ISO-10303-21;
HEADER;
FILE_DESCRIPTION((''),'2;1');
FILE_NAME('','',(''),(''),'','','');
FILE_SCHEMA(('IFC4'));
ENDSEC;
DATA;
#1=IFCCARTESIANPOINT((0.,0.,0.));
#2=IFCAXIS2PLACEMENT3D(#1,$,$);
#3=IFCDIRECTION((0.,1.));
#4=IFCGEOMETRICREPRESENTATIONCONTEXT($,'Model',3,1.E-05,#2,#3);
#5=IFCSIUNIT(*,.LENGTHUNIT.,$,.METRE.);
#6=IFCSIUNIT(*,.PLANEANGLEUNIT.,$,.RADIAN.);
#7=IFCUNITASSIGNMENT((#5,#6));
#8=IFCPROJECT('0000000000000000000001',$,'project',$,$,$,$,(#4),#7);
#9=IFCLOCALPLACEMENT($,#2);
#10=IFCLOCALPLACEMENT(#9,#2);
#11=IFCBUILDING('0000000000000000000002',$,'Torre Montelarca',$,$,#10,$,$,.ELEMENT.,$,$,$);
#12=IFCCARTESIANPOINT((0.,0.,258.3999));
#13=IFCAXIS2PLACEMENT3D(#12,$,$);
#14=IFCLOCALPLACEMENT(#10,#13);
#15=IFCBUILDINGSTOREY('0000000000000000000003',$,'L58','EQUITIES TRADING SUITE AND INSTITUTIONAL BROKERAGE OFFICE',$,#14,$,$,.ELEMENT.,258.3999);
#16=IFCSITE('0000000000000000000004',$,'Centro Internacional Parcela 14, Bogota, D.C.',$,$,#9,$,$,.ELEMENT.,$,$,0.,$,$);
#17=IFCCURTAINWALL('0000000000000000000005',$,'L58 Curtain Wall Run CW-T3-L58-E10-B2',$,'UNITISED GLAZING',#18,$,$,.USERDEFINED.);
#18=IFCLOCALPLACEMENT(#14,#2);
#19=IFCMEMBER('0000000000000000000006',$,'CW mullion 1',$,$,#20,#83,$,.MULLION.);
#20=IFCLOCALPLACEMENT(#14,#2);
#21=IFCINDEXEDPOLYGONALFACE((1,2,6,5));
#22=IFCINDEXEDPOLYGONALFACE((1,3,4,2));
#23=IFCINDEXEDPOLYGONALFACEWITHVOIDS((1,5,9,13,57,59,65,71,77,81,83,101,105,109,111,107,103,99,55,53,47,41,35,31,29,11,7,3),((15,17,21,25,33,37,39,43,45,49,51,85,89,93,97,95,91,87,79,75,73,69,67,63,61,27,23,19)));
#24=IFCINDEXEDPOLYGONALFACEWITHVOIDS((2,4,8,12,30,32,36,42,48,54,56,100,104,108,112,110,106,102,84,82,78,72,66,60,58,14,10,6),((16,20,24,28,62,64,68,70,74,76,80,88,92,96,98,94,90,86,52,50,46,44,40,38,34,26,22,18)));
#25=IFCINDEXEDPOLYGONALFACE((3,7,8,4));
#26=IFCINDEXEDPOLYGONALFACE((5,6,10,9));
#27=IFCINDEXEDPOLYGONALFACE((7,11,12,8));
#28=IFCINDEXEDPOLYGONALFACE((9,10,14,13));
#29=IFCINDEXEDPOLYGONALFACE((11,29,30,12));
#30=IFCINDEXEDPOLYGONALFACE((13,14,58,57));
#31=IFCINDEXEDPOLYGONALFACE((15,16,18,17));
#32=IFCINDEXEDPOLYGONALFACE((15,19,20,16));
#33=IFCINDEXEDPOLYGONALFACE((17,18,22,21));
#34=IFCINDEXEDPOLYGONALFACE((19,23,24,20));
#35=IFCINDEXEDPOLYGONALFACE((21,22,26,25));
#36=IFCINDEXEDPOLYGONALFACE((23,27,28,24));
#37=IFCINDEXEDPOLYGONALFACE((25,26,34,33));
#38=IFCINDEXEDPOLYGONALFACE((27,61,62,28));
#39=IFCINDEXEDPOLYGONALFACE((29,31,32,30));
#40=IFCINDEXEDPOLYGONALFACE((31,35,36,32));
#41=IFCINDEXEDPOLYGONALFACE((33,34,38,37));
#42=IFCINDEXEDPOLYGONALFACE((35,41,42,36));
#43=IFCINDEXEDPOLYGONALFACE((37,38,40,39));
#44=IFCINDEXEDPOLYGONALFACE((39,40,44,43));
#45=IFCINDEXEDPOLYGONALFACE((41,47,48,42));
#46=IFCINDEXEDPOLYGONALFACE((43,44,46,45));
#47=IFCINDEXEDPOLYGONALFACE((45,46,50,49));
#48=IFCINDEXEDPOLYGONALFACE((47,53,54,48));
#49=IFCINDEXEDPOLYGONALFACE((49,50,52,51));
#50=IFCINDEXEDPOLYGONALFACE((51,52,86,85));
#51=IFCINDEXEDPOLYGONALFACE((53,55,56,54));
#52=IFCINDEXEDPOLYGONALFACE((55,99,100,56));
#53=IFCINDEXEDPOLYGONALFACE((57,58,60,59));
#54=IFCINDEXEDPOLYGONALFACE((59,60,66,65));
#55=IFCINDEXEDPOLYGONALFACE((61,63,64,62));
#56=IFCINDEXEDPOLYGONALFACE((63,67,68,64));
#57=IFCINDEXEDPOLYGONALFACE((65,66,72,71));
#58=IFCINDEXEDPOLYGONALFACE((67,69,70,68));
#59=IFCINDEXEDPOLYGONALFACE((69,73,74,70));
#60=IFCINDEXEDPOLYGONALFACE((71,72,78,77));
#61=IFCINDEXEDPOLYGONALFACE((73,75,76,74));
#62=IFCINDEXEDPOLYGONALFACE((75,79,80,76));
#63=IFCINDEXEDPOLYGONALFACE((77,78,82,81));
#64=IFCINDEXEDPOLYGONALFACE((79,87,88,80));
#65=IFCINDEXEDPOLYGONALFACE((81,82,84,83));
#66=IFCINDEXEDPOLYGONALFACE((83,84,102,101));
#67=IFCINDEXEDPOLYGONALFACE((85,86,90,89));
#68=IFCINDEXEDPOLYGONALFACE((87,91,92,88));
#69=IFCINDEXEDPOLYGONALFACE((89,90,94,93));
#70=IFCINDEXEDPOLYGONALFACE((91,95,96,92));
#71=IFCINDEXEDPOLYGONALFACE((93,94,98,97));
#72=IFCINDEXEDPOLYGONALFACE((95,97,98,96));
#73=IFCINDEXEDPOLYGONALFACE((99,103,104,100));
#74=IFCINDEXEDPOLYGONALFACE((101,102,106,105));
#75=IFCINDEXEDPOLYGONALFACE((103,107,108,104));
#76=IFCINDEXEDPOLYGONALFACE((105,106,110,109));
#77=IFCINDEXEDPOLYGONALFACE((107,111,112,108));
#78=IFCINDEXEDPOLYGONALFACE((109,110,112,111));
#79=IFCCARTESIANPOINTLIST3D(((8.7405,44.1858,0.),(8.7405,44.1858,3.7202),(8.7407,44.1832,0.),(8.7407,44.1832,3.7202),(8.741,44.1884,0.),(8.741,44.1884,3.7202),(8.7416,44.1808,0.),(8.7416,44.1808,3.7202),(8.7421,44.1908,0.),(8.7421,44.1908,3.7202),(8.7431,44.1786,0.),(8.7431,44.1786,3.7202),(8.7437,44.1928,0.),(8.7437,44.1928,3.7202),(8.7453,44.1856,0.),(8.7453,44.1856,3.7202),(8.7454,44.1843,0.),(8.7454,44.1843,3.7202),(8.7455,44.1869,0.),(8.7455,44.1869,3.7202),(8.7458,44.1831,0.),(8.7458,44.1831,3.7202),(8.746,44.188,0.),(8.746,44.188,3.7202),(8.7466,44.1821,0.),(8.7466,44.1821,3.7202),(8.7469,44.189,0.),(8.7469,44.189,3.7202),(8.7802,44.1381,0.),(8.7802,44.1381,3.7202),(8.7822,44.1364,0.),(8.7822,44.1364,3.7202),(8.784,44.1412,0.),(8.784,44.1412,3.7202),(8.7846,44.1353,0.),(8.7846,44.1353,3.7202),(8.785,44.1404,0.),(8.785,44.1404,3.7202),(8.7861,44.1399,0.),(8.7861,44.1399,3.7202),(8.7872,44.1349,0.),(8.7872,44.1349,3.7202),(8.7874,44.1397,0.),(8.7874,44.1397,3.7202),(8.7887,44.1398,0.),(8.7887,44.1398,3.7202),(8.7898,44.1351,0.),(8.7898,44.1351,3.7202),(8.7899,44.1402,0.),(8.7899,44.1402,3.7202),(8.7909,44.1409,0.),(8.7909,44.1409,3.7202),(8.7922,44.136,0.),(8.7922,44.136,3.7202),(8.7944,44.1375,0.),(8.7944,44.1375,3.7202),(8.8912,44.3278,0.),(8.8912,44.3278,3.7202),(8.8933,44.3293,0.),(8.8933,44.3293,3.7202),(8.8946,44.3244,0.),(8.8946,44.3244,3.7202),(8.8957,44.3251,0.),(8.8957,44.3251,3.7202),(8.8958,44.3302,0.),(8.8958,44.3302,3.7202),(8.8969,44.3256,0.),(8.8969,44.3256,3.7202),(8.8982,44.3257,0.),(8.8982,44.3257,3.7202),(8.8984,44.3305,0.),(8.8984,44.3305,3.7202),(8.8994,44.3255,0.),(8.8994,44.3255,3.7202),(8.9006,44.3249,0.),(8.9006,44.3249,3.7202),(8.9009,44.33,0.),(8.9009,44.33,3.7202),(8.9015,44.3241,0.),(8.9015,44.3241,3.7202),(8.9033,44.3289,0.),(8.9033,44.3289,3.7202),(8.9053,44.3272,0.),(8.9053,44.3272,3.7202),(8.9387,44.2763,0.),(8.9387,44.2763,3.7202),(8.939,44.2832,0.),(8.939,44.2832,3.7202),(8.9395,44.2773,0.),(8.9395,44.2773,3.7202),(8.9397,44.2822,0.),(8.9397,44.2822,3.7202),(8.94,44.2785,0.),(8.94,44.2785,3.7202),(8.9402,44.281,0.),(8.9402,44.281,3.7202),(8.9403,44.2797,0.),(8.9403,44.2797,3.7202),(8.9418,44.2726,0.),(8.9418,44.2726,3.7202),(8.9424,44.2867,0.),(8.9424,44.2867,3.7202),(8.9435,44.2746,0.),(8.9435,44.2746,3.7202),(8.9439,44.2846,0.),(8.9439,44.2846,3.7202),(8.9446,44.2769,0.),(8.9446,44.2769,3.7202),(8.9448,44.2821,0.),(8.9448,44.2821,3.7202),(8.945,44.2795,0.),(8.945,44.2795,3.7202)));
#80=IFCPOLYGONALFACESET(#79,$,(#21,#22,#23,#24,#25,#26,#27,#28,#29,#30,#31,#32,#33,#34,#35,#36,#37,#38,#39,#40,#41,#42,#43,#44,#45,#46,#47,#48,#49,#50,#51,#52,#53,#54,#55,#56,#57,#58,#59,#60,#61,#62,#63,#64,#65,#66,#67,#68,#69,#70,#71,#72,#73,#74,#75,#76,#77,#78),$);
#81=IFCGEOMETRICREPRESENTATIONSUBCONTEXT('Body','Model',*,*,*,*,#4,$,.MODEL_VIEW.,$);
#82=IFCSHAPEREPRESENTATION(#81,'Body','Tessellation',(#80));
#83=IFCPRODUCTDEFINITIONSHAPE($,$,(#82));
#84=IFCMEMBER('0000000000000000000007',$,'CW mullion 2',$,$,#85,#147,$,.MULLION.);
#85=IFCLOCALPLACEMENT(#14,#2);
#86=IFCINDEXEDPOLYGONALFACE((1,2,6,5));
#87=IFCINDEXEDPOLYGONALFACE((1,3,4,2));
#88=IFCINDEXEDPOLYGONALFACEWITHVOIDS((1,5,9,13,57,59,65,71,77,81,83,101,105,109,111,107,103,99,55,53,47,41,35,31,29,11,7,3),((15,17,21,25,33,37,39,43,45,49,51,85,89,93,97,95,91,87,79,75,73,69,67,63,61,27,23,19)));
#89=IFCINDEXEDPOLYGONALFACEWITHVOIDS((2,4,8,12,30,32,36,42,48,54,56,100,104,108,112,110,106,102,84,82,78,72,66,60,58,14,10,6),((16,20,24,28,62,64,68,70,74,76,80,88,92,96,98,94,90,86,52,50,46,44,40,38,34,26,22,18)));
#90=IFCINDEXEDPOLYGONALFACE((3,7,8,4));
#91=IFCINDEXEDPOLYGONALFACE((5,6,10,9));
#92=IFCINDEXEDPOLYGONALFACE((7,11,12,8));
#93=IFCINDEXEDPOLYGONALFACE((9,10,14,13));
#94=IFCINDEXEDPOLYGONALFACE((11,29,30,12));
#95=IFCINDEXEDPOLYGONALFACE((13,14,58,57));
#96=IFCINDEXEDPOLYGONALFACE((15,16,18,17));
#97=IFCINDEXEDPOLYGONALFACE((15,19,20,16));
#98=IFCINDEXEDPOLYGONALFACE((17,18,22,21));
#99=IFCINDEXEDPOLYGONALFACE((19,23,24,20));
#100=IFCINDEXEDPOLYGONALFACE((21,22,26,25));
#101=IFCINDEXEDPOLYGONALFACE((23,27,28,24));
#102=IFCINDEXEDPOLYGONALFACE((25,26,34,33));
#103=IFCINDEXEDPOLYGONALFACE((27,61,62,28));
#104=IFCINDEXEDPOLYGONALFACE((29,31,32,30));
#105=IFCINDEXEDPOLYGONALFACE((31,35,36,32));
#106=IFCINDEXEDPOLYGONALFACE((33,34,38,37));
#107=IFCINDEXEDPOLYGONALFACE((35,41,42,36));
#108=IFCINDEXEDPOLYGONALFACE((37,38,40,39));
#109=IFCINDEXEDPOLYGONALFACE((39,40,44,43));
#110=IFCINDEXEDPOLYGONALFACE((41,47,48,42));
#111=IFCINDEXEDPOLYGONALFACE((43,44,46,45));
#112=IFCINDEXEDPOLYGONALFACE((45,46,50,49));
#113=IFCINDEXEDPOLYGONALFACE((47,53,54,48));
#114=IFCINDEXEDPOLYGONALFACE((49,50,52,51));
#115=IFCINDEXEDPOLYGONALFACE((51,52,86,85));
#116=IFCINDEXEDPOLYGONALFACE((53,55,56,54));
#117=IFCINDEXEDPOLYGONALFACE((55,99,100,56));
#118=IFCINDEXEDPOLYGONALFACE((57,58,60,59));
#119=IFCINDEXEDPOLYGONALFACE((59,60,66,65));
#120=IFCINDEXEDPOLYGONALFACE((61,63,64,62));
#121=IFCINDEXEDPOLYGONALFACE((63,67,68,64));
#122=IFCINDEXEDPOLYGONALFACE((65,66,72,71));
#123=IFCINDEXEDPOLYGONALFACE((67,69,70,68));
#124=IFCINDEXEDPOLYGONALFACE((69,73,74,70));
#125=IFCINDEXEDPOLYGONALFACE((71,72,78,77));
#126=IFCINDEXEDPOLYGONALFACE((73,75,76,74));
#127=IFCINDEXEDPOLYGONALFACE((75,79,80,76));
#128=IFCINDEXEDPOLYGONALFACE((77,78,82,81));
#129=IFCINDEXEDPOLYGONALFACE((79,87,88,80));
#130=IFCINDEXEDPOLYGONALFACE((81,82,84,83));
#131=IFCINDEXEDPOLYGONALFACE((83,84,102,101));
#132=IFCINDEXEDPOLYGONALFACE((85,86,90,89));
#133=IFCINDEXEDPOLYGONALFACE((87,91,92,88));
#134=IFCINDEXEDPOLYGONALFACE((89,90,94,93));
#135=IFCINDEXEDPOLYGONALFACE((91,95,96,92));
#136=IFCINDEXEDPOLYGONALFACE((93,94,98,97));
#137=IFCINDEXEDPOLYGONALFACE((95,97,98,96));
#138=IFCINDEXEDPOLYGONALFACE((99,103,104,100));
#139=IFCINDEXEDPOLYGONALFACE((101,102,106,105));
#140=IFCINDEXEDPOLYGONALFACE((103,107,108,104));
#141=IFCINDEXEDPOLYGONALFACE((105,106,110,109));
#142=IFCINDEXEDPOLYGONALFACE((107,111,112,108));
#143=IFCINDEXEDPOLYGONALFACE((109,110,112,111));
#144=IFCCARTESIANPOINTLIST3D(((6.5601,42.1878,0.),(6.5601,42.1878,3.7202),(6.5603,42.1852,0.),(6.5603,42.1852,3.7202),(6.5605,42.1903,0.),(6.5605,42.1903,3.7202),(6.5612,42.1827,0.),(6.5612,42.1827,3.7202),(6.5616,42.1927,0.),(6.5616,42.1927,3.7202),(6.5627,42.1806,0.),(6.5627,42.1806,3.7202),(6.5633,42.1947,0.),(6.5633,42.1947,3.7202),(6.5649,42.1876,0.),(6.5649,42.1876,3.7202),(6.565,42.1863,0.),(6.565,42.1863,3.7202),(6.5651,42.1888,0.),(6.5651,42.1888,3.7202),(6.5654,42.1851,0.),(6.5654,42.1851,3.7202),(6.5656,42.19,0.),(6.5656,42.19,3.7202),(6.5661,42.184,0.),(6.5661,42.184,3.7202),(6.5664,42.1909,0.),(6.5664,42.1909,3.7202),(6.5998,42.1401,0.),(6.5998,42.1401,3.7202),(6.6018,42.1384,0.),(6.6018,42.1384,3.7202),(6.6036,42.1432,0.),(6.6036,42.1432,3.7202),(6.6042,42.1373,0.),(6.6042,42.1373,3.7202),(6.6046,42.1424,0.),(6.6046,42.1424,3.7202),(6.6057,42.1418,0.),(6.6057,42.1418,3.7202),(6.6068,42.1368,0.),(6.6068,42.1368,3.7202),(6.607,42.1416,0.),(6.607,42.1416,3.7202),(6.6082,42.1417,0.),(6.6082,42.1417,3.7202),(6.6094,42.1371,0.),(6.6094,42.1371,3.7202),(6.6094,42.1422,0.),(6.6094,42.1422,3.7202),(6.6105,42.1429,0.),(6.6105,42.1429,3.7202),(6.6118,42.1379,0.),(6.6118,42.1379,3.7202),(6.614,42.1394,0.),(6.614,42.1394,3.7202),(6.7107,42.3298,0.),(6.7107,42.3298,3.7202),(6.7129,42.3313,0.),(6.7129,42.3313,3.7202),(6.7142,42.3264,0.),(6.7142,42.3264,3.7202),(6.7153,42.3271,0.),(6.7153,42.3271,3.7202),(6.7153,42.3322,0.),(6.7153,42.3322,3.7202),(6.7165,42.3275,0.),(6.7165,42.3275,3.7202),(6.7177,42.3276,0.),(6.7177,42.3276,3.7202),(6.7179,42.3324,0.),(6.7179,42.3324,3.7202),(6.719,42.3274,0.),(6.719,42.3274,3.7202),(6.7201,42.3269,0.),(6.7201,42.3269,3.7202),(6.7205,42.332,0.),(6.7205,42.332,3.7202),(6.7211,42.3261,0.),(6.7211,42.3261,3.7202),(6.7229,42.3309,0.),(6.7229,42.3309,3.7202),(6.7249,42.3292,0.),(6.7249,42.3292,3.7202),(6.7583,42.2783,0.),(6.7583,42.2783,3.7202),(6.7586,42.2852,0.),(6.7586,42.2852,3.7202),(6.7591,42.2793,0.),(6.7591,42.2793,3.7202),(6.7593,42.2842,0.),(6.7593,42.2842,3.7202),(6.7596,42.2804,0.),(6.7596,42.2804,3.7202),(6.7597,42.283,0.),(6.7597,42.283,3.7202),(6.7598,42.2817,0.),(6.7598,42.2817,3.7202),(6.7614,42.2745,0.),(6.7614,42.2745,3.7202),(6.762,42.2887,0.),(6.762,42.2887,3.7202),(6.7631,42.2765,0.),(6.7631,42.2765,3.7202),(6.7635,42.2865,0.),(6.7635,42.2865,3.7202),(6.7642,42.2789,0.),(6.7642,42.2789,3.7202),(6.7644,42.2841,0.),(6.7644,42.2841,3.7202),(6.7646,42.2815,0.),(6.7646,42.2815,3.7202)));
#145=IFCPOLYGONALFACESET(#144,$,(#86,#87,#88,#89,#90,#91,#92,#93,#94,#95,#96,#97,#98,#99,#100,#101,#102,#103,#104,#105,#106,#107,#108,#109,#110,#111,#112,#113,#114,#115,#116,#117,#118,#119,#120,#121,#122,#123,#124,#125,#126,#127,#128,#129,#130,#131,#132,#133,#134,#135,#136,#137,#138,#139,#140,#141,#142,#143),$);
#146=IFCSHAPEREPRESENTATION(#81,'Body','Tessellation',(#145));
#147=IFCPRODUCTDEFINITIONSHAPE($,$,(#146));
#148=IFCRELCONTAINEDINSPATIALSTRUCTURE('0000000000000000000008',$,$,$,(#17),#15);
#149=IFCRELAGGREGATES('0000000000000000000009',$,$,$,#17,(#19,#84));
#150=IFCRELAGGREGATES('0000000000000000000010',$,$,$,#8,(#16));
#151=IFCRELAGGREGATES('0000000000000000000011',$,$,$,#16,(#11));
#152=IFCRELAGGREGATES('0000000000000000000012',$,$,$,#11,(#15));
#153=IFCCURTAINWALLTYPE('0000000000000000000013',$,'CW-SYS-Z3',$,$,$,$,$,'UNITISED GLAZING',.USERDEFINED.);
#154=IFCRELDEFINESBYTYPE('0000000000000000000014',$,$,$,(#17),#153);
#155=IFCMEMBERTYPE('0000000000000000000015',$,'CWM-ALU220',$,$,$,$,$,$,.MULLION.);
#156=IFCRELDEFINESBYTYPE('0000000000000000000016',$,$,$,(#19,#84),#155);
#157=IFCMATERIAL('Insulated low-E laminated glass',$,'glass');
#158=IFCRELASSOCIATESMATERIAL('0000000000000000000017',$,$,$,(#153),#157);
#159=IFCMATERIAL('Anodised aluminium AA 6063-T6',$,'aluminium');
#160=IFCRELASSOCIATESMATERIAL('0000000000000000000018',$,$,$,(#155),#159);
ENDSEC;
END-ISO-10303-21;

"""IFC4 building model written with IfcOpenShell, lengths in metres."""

from ifc_helpers import new_model, si_unit, direction, frame, origin, origin_2d, place, context, subcontext, project, spatial, hollow_rectangle, extrude, source, transform, mapped, material, material_profile, profile_set, type_object, element, aggregate, save


model = new_model("IFC4")

# Units and contexts
model_context = context("Model", 3, precision=1e-05, world=origin(), true_north=direction((0.0, 1.0)))
body_context = subcontext(model_context, "Body", "Model", "MODEL_VIEW")
ifc_project = project(units=[si_unit("LENGTHUNIT", "METRE"), si_unit("PLANEANGLEUNIT", "RADIAN")], contexts=[model_context])

# Site, building, storey
site_placement = place(None, origin())
site = spatial("IfcSite", under=ifc_project, at=site_placement, Name="Centro Internacional Parcela 14, Bogota, D.C.", CompositionType="ELEMENT", RefElevation=0.0)
building_placement = place(site_placement, origin())
building = spatial("IfcBuilding", under=site, at=building_placement, Name="Torre Montelarca", CompositionType="ELEMENT")
storey_placement = place(building_placement, frame((0.0, 0.0, 258.3999)))
storey = spatial("IfcBuildingStorey", under=building, at=storey_placement, Name="L58", Description="EQUITIES TRADING SUITE AND INSTITUTIONAL BROKERAGE OFFICE", CompositionType="ELEMENT", Elevation=258.3999)

# Shared definitions
ifc_material_1 = material(Name="Insulated low-E laminated glass", Category="glass")
curtain_wall_type = type_object("IfcCurtainWallType", Name="CW-SYS-Z3", ElementType="UNITISED GLAZING", PredefinedType="USERDEFINED", material=ifc_material_1)
ifc_material_2 = material(Name="Anodised aluminium AA 6063-T6", Category="aluminium")
ifc_material_profile_1 = material_profile(ifc_material_2, hollow_rectangle(XDim=0.075, YDim=0.22, WallThickness=0.0049, InnerFilletRadius=0.0049, OuterFilletRadius=0.01, at=origin_2d()), Name="ALU75X220X5", Category="aluminium")
ifc_profile_set_1 = profile_set([ifc_material_profile_1], Name="Anodised aluminium AA 6063-T6")
member_type_1 = type_object("IfcMemberType", Name="CWM-ALU220", PredefinedType="MULLION", material=ifc_profile_set_1)
shared_shape_1 = source(origin(), body_context, "Body", "SweptSolid", [
    extrude(hollow_rectangle(XDim=0.075, YDim=0.22, WallThickness=0.0049, InnerFilletRadius=0.0049, OuterFilletRadius=0.01, at=origin_2d()), origin(), (0.0, 0.0, 1.0), 3.7202),
])

# Curtain wall, members
curtain_wall_1_placement = place(storey_placement, origin())
curtain_wall_1 = element("IfcCurtainWall", 1, at=curtain_wall_1_placement, inside=storey, type_object=curtain_wall_type, Name="L58 Curtain Wall Run CW-T3-L58-E10-B2", ObjectType="UNITISED GLAZING", PredefinedType="USERDEFINED")
member_1_placement = place(storey_placement, frame((8.8428, 44.2327, 0.0), z_axis=(0.0, 0.0, 1.0), x_axis=(0.675591, -0.737277, 0.0)))
member_1 = element("IfcMember", 2, at=member_1_placement, type_object=member_type_1, Name="CW mullion 1", PredefinedType="MULLION", context=body_context, shape_type="MappedRepresentation", body=[
    mapped(shared_shape_1, transform((0.0, 0.0, 0.0), scale=1.0)),
])
member_2_placement = place(storey_placement, frame((6.6624, 42.2346, 0.0), z_axis=(0.0, 0.0, 1.0), x_axis=(0.675591, -0.737277, 0.0)))
member_2 = element("IfcMember", 3, at=member_2_placement, type_object=member_type_1, Name="CW mullion 2", PredefinedType="MULLION", context=body_context, shape_type="MappedRepresentation", body=[
    mapped(shared_shape_1, transform((0.0, 0.0, 0.0), scale=1.0)),
])

aggregate(curtain_wall_1, [member_1, member_2])

save(model, "model.ifc")
